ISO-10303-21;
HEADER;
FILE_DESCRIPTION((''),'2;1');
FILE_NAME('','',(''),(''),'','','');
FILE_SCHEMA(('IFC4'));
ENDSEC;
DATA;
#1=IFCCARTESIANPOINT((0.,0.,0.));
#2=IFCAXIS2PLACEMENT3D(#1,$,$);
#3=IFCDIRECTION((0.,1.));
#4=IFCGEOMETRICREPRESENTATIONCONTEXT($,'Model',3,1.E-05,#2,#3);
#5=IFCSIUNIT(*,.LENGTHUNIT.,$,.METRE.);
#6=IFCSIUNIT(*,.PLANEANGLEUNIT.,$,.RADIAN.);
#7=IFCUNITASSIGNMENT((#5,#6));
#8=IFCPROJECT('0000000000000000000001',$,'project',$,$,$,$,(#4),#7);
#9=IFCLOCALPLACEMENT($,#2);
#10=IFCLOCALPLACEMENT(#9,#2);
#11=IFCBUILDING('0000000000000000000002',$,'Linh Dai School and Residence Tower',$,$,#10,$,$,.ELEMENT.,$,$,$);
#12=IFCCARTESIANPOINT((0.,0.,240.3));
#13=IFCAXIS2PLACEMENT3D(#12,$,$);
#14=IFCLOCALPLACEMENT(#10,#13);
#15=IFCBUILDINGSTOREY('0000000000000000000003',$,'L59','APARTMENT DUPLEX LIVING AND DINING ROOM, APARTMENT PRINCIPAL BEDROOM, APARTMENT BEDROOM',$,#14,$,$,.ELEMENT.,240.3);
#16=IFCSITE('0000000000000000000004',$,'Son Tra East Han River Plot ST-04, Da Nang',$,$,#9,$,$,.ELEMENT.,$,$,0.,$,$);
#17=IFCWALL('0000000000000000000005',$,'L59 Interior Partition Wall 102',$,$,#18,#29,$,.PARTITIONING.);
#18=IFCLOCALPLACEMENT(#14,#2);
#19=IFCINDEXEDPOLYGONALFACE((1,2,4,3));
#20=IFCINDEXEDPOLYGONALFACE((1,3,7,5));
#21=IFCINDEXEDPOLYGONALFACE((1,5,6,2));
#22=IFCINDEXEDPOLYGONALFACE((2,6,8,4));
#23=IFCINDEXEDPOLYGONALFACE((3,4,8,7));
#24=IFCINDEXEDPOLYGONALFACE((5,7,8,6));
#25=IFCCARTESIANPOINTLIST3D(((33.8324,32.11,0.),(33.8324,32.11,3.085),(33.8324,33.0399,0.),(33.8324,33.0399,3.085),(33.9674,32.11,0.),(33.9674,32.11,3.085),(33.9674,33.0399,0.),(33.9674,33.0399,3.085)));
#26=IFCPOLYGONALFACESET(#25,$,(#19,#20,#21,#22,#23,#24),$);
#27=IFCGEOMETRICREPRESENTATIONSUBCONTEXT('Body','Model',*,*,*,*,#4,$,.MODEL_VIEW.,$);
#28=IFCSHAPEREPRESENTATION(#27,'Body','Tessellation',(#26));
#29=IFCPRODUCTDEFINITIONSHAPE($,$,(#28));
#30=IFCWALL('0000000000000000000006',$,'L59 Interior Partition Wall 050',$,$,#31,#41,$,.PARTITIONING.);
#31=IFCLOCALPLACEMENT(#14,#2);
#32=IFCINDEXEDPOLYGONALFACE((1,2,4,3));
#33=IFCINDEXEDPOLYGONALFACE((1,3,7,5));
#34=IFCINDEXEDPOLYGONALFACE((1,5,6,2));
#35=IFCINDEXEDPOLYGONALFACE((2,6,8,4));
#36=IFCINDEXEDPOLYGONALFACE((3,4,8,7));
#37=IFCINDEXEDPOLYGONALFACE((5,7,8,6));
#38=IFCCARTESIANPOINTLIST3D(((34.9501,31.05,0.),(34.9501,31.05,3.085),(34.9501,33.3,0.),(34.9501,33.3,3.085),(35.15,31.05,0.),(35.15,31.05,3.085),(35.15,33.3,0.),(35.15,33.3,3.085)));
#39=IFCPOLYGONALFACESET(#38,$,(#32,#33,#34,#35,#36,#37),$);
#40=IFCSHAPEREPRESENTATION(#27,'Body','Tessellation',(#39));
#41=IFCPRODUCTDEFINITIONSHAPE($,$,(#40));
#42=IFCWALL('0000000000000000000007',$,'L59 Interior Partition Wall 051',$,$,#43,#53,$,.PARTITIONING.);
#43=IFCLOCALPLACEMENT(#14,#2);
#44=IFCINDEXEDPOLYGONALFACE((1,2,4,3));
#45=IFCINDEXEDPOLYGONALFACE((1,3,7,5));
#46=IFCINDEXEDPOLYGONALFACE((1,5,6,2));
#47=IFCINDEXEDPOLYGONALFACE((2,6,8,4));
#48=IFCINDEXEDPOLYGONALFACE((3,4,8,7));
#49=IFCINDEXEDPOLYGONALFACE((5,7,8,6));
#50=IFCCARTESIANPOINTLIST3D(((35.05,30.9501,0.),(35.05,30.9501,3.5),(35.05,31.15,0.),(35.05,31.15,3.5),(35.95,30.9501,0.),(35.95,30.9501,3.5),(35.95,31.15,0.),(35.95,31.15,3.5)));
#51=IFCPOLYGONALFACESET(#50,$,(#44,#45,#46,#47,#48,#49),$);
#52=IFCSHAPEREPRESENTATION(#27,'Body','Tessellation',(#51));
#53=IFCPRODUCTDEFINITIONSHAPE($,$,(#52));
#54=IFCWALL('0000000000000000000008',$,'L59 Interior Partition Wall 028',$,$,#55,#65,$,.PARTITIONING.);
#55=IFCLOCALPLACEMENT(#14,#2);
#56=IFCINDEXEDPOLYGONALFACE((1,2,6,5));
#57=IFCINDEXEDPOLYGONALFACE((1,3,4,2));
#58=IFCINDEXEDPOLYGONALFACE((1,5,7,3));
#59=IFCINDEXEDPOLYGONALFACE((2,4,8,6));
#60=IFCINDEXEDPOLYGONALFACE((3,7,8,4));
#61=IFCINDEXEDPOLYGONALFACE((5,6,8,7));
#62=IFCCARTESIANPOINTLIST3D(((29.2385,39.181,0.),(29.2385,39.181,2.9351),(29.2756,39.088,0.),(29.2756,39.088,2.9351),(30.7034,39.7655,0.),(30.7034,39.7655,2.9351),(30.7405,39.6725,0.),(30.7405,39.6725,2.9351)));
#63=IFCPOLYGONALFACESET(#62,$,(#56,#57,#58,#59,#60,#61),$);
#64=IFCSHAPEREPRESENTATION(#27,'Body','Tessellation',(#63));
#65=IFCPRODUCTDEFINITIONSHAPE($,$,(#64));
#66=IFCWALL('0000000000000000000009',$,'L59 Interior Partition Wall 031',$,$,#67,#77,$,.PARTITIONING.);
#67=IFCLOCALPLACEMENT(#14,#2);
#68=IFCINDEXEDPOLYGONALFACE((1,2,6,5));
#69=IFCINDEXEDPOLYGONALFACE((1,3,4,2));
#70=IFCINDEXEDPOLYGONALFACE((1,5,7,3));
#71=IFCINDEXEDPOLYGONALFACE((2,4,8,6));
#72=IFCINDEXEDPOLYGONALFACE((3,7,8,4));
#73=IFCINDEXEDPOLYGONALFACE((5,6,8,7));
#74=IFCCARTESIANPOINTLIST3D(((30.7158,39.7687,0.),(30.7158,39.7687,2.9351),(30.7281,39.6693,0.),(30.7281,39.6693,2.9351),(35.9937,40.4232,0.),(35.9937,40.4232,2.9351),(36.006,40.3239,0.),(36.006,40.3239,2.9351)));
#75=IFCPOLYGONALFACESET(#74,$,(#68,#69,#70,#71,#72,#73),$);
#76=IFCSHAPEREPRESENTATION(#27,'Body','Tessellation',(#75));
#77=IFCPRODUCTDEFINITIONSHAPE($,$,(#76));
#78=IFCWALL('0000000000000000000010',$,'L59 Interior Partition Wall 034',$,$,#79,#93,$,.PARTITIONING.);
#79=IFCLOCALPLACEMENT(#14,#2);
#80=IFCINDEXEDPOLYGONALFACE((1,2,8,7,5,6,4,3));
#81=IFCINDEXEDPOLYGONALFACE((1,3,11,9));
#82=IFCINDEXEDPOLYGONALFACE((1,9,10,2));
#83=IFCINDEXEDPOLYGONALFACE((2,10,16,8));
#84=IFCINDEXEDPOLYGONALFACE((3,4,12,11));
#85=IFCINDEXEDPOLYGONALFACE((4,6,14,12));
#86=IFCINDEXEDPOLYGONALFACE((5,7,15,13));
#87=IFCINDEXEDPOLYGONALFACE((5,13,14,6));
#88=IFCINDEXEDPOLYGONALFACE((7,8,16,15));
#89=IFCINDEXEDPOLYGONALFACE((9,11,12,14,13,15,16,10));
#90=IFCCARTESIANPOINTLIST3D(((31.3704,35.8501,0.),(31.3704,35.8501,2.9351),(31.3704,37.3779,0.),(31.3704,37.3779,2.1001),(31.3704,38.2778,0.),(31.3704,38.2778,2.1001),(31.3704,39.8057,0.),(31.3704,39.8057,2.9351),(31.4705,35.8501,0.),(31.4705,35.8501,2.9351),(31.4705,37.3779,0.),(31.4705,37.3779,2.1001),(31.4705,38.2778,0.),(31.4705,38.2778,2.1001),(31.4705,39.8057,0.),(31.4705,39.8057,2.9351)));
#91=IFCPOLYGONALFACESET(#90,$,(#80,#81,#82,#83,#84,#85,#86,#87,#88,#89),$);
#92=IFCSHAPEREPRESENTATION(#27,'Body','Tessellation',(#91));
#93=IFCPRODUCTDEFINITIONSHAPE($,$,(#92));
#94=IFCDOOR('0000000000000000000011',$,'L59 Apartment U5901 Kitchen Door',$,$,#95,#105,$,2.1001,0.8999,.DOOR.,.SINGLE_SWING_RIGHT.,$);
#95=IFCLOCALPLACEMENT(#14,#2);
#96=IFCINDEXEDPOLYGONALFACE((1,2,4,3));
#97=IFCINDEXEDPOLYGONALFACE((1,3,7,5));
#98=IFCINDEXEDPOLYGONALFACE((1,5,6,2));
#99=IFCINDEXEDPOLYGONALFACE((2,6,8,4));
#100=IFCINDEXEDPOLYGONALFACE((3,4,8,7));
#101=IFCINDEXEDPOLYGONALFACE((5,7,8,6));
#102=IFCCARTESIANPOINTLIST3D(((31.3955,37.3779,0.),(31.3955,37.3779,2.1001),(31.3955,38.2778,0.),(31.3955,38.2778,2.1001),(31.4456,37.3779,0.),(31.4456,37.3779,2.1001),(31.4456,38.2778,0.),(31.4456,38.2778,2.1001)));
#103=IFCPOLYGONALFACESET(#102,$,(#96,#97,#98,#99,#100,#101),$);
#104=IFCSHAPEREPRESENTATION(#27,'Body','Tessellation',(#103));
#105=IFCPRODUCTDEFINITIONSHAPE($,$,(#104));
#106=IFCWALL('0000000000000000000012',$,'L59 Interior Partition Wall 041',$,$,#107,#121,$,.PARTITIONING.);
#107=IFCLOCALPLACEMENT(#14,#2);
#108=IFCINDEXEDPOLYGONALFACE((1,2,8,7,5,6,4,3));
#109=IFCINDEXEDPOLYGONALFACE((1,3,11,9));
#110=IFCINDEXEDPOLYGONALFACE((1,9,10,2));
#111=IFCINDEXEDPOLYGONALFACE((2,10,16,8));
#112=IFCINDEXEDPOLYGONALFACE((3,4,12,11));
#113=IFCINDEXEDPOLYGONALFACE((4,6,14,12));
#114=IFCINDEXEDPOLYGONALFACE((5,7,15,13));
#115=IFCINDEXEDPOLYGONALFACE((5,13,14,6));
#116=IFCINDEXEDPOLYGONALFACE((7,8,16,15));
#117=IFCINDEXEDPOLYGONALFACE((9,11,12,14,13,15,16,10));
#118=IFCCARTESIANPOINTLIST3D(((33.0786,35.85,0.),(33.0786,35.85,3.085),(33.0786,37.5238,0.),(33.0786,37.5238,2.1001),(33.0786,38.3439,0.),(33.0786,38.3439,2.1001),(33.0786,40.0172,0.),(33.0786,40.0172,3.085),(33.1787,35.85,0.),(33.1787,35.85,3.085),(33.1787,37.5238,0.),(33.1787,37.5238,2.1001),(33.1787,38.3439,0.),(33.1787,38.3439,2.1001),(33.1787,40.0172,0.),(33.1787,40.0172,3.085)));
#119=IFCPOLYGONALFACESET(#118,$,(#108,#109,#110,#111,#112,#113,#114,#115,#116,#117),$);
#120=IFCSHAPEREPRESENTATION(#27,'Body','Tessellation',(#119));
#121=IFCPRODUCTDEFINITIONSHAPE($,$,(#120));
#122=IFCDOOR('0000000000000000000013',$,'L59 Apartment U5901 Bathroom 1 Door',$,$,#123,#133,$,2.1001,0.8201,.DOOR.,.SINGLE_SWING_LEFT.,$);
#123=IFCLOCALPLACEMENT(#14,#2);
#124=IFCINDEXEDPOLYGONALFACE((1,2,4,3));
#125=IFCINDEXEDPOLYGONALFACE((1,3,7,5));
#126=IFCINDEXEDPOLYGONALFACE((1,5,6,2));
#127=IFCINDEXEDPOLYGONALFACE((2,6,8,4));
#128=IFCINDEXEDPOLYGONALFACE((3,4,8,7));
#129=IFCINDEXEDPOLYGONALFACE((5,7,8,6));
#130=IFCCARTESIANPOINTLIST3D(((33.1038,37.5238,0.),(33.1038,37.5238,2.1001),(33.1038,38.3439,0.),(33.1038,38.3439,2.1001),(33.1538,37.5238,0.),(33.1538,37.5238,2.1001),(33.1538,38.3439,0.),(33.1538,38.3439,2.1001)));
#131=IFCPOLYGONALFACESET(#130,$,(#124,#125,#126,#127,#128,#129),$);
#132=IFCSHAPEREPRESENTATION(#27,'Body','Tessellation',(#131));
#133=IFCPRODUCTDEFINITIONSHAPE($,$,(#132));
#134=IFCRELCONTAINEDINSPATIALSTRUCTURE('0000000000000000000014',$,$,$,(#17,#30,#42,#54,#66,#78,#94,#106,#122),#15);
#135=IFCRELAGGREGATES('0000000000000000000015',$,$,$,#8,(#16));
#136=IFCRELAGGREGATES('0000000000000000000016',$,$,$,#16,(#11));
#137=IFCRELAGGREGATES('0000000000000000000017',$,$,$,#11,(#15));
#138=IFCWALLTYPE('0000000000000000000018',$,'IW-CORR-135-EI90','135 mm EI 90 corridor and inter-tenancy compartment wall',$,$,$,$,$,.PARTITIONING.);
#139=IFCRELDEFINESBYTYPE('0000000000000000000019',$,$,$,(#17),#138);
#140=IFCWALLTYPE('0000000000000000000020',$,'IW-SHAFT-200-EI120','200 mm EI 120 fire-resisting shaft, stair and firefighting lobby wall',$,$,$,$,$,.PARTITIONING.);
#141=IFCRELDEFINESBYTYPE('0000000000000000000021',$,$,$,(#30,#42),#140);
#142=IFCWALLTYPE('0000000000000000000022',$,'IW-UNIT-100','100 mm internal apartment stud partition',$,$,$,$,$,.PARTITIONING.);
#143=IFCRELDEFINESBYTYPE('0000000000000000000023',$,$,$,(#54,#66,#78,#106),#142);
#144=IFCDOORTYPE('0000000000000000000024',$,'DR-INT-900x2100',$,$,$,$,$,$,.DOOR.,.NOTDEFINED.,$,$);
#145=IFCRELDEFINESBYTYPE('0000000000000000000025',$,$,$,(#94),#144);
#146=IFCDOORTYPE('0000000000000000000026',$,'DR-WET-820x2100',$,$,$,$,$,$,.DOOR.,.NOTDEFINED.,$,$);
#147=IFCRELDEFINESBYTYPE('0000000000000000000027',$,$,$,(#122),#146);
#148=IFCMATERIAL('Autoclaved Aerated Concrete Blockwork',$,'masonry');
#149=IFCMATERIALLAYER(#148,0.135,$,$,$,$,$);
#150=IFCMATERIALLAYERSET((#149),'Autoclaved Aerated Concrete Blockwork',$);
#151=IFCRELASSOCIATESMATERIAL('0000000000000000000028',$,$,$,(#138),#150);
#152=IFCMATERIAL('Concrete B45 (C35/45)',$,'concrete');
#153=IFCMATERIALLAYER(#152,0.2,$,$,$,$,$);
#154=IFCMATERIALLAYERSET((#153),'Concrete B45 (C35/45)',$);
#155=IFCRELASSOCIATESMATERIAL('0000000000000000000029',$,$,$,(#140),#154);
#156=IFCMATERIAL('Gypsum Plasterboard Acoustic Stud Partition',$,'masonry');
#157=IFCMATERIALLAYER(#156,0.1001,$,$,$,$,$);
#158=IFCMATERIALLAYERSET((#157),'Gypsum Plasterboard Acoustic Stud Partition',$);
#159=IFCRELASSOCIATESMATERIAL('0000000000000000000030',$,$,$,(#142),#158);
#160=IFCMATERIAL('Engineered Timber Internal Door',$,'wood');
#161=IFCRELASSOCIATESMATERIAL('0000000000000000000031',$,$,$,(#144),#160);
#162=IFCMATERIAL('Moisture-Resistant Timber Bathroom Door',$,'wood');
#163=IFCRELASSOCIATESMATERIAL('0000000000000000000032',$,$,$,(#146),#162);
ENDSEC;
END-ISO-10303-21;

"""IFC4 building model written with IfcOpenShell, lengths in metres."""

from ifc_helpers import new_model, si_unit, direction, frame, frame_2d, origin, origin_2d, place, context, subcontext, project, spatial, rectangle, extrude, source, transform, mapped, material, layer, layer_set, type_object, element, fill, save


model = new_model("IFC4")

# Units and contexts
model_context = context("Model", 3, precision=1e-05, world=origin(), true_north=direction((0.0, 1.0)))
body_context = subcontext(model_context, "Body", "Model", "MODEL_VIEW")
ifc_project = project(units=[si_unit("LENGTHUNIT", "METRE"), si_unit("PLANEANGLEUNIT", "RADIAN")], contexts=[model_context])

# Site, building, storey
site_placement = place(None, origin())
site = spatial("IfcSite", under=ifc_project, at=site_placement, Name="Son Tra East Han River Plot ST-04, Da Nang", CompositionType="ELEMENT", RefElevation=0.0)
building_placement = place(site_placement, origin())
building = spatial("IfcBuilding", under=site, at=building_placement, Name="Linh Dai School and Residence Tower", CompositionType="ELEMENT")
storey_placement = place(building_placement, frame((0.0, 0.0, 240.3)))
storey = spatial("IfcBuildingStorey", under=building, at=storey_placement, Name="L59", Description="APARTMENT DUPLEX LIVING AND DINING ROOM, APARTMENT PRINCIPAL BEDROOM, APARTMENT BEDROOM", CompositionType="ELEMENT", Elevation=240.3)

# Walls
ifc_material_1 = material(Name="Autoclaved Aerated Concrete Blockwork", Category="masonry")
ifc_layer_1 = layer(ifc_material_1, 0.135)
ifc_layer_set_1 = layer_set([ifc_layer_1], Name="Autoclaved Aerated Concrete Blockwork")
wall_type_1 = type_object("IfcWallType", Name="IW-CORR-135-EI90", Description="135 mm EI 90 corridor and inter-tenancy compartment wall", PredefinedType="PARTITIONING", material=ifc_layer_set_1)
wall_1_placement = place(storey_placement, frame((33.8999, 32.1101, 0.0), z_axis=(0.0, 0.0, 1.0), x_axis=(0.0, 1.0, 0.0)))
element("IfcWall", 1, at=wall_1_placement, inside=storey, type_object=wall_type_1, Name="L59 Interior Partition Wall 102", PredefinedType="PARTITIONING", context=body_context, shape_type="SweptSolid", body=[
    extrude(rectangle(XDim=0.9299, YDim=0.135, at=frame_2d((0.4648, 0.0))), origin(), (0.0, 0.0, 1.0), 3.085),
])
ifc_material_2 = material(Name="Concrete B45 (C35/45)", Category="concrete")
ifc_layer_2 = layer(ifc_material_2, 0.2)
ifc_layer_set_2 = layer_set([ifc_layer_2], Name="Concrete B45 (C35/45)")
wall_type_2 = type_object("IfcWallType", Name="IW-SHAFT-200-EI120", Description="200 mm EI 120 fire-resisting shaft, stair and firefighting lobby wall", PredefinedType="PARTITIONING", material=ifc_layer_set_2)
wall_2_placement = place(storey_placement, frame((35.05, 31.05, 0.0), z_axis=(0.0, 0.0, 1.0), x_axis=(0.0, 1.0, 0.0)))
element("IfcWall", 2, at=wall_2_placement, inside=storey, type_object=wall_type_2, Name="L59 Interior Partition Wall 050", PredefinedType="PARTITIONING", context=body_context, shape_type="SweptSolid", body=[
    extrude(rectangle(XDim=2.25, YDim=0.2, at=frame_2d((1.125, 0.0))), origin(), (0.0, 0.0, 1.0), 3.085),
])
wall_3_placement = place(storey_placement, frame((35.05, 31.05, 0.0), z_axis=(0.0, 0.0, 1.0), x_axis=(1.0, 0.0, 0.0)))
element("IfcWall", 3, at=wall_3_placement, inside=storey, type_object=wall_type_2, Name="L59 Interior Partition Wall 051", PredefinedType="PARTITIONING", context=body_context, shape_type="SweptSolid", body=[
    extrude(rectangle(XDim=0.8999, YDim=0.2, at=frame_2d((0.45, 0.0))), origin(), (0.0, 0.0, 1.0), 3.5),
])
ifc_material_3 = material(Name="Gypsum Plasterboard Acoustic Stud Partition", Category="masonry")
ifc_layer_3 = layer(ifc_material_3, 0.1001)
ifc_layer_set_3 = layer_set([ifc_layer_3], Name="Gypsum Plasterboard Acoustic Stud Partition")
wall_type_3 = type_object("IfcWallType", Name="IW-UNIT-100", Description="100 mm internal apartment stud partition", PredefinedType="PARTITIONING", material=ifc_layer_set_3)
wall_4_placement = place(storey_placement, frame((29.2571, 39.1345, 0.0), z_axis=(0.0, 0.0, 1.0), x_axis=(0.928797, 0.37059, 0.0)))
element("IfcWall", 4, at=wall_4_placement, inside=storey, type_object=wall_type_3, Name="L59 Interior Partition Wall 028", PredefinedType="PARTITIONING", context=body_context, shape_type="SweptSolid", body=[
    extrude(rectangle(XDim=1.5771, YDim=0.1001, at=frame_2d((0.7886, 0.0))), origin(), (0.0, 0.0, 1.0), 2.9351),
])
wall_5_placement = place(storey_placement, frame((30.7219, 39.719, 0.0), z_axis=(0.0, 0.0, 1.0), x_axis=(0.992397, 0.123074, 0.0)))
element("IfcWall", 5, at=wall_5_placement, inside=storey, type_object=wall_type_3, Name="L59 Interior Partition Wall 031", PredefinedType="PARTITIONING", context=body_context, shape_type="SweptSolid", body=[
    extrude(rectangle(XDim=5.3184, YDim=0.1001, at=frame_2d((2.6592, 0.0))), origin(), (0.0, 0.0, 1.0), 2.9351),
])

# Walls, openings, doors
wall_6_placement = place(storey_placement, frame((31.4204, 35.8501, 0.0), z_axis=(0.0, 0.0, 1.0), x_axis=(0.0, 1.0, 0.0)))
wall_6 = element("IfcWall", 6, at=wall_6_placement, inside=storey, type_object=wall_type_3, Name="L59 Interior Partition Wall 034", PredefinedType="PARTITIONING", context=body_context, shape_type="SweptSolid", body=[
    extrude(rectangle(XDim=3.9556, YDim=0.1001, at=frame_2d((1.9778, 0.0))), origin(), (0.0, 0.0, 1.0), 2.9351),
])
opening_1_placement = place(wall_6_placement, frame((1.5278, 0.0, 0.0)))
opening_1 = element("IfcOpeningElement", 7, at=opening_1_placement, cuts=wall_6, PredefinedType="OPENING", context=body_context, shape_type="SweptSolid", body=[
    extrude(rectangle(XDim=0.8999, YDim=2.1001, at=origin_2d()), frame((0.45, 0.0601, 1.05), z_axis=(0.0, -1.0, 0.0), x_axis=(1.0, 0.0, 0.0)), (0.0, 0.0, 1.0), 0.1201),
])
ifc_material_4 = material(Name="Engineered Timber Internal Door", Category="wood")
door_type_1 = type_object("IfcDoorType", Name="DR-INT-900x2100", OperationType="NOTDEFINED", PredefinedType="DOOR", material=ifc_material_4)
shared_shape_1 = source(origin(), body_context, "Body", "SweptSolid", [
    extrude(rectangle(XDim=0.8999, YDim=2.1001, at=origin_2d()), frame((0.45, 0.0249, 1.05), z_axis=(0.0, -1.0, 0.0), x_axis=(1.0, 0.0, 0.0)), (0.0, 0.0, 1.0), 0.05),
])
door_1_placement = place(opening_1_placement, origin())
door_1 = element("IfcDoor", 8, at=door_1_placement, inside=storey, type_object=door_type_1, Name="L59 Apartment U5901 Kitchen Door", OperationType="SINGLE_SWING_RIGHT", OverallHeight=2.1001, OverallWidth=0.8999, PredefinedType="DOOR", context=body_context, shape_type="MappedRepresentation", body=[
    mapped(shared_shape_1, transform((0.0, 0.0, 0.0), x_axis=(1.0, 0.0, 0.0), y_axis=(0.0, 1.0, 0.0), z_axis=(0.0, 0.0, 1.0), scale=1.0)),
])
fill(opening_1, door_1)
wall_7_placement = place(storey_placement, frame((33.1287, 35.8501, 0.0), z_axis=(0.0, 0.0, 1.0), x_axis=(0.0, 1.0, 0.0)))
wall_7 = element("IfcWall", 9, at=wall_7_placement, inside=storey, type_object=wall_type_3, Name="L59 Interior Partition Wall 041", PredefinedType="PARTITIONING", context=body_context, shape_type="SweptSolid", body=[
    extrude(rectangle(XDim=4.1672, YDim=0.1001, at=frame_2d((2.0835, 0.0))), origin(), (0.0, 0.0, 1.0), 3.085),
])
opening_2_placement = place(wall_7_placement, frame((1.6736, 0.0, 0.0)))
opening_2 = element("IfcOpeningElement", 10, at=opening_2_placement, cuts=wall_7, PredefinedType="OPENING", context=body_context, shape_type="SweptSolid", body=[
    extrude(rectangle(XDim=0.8201, YDim=2.1001, at=origin_2d()), frame((0.4102, 0.0601, 1.05), z_axis=(0.0, -1.0, 0.0), x_axis=(1.0, 0.0, 0.0)), (0.0, 0.0, 1.0), 0.1201),
])
ifc_material_5 = material(Name="Moisture-Resistant Timber Bathroom Door", Category="wood")
door_type_2 = type_object("IfcDoorType", Name="DR-WET-820x2100", OperationType="NOTDEFINED", PredefinedType="DOOR", material=ifc_material_5)
shared_shape_2 = source(origin(), body_context, "Body", "SweptSolid", [
    extrude(rectangle(XDim=0.8201, YDim=2.1001, at=origin_2d()), frame((0.4102, 0.0249, 1.05), z_axis=(0.0, -1.0, 0.0), x_axis=(1.0, 0.0, 0.0)), (0.0, 0.0, 1.0), 0.05),
])
door_2_placement = place(opening_2_placement, origin())
door_2 = element("IfcDoor", 11, at=door_2_placement, inside=storey, type_object=door_type_2, Name="L59 Apartment U5901 Bathroom 1 Door", OperationType="SINGLE_SWING_LEFT", OverallHeight=2.1001, OverallWidth=0.8201, PredefinedType="DOOR", context=body_context, shape_type="MappedRepresentation", body=[
    mapped(shared_shape_2, transform((0.0, 0.0, 0.0), x_axis=(1.0, 0.0, 0.0), y_axis=(0.0, 1.0, 0.0), z_axis=(0.0, 0.0, 1.0), scale=1.0)),
])
fill(opening_2, door_2)

save(model, "model.ifc")
